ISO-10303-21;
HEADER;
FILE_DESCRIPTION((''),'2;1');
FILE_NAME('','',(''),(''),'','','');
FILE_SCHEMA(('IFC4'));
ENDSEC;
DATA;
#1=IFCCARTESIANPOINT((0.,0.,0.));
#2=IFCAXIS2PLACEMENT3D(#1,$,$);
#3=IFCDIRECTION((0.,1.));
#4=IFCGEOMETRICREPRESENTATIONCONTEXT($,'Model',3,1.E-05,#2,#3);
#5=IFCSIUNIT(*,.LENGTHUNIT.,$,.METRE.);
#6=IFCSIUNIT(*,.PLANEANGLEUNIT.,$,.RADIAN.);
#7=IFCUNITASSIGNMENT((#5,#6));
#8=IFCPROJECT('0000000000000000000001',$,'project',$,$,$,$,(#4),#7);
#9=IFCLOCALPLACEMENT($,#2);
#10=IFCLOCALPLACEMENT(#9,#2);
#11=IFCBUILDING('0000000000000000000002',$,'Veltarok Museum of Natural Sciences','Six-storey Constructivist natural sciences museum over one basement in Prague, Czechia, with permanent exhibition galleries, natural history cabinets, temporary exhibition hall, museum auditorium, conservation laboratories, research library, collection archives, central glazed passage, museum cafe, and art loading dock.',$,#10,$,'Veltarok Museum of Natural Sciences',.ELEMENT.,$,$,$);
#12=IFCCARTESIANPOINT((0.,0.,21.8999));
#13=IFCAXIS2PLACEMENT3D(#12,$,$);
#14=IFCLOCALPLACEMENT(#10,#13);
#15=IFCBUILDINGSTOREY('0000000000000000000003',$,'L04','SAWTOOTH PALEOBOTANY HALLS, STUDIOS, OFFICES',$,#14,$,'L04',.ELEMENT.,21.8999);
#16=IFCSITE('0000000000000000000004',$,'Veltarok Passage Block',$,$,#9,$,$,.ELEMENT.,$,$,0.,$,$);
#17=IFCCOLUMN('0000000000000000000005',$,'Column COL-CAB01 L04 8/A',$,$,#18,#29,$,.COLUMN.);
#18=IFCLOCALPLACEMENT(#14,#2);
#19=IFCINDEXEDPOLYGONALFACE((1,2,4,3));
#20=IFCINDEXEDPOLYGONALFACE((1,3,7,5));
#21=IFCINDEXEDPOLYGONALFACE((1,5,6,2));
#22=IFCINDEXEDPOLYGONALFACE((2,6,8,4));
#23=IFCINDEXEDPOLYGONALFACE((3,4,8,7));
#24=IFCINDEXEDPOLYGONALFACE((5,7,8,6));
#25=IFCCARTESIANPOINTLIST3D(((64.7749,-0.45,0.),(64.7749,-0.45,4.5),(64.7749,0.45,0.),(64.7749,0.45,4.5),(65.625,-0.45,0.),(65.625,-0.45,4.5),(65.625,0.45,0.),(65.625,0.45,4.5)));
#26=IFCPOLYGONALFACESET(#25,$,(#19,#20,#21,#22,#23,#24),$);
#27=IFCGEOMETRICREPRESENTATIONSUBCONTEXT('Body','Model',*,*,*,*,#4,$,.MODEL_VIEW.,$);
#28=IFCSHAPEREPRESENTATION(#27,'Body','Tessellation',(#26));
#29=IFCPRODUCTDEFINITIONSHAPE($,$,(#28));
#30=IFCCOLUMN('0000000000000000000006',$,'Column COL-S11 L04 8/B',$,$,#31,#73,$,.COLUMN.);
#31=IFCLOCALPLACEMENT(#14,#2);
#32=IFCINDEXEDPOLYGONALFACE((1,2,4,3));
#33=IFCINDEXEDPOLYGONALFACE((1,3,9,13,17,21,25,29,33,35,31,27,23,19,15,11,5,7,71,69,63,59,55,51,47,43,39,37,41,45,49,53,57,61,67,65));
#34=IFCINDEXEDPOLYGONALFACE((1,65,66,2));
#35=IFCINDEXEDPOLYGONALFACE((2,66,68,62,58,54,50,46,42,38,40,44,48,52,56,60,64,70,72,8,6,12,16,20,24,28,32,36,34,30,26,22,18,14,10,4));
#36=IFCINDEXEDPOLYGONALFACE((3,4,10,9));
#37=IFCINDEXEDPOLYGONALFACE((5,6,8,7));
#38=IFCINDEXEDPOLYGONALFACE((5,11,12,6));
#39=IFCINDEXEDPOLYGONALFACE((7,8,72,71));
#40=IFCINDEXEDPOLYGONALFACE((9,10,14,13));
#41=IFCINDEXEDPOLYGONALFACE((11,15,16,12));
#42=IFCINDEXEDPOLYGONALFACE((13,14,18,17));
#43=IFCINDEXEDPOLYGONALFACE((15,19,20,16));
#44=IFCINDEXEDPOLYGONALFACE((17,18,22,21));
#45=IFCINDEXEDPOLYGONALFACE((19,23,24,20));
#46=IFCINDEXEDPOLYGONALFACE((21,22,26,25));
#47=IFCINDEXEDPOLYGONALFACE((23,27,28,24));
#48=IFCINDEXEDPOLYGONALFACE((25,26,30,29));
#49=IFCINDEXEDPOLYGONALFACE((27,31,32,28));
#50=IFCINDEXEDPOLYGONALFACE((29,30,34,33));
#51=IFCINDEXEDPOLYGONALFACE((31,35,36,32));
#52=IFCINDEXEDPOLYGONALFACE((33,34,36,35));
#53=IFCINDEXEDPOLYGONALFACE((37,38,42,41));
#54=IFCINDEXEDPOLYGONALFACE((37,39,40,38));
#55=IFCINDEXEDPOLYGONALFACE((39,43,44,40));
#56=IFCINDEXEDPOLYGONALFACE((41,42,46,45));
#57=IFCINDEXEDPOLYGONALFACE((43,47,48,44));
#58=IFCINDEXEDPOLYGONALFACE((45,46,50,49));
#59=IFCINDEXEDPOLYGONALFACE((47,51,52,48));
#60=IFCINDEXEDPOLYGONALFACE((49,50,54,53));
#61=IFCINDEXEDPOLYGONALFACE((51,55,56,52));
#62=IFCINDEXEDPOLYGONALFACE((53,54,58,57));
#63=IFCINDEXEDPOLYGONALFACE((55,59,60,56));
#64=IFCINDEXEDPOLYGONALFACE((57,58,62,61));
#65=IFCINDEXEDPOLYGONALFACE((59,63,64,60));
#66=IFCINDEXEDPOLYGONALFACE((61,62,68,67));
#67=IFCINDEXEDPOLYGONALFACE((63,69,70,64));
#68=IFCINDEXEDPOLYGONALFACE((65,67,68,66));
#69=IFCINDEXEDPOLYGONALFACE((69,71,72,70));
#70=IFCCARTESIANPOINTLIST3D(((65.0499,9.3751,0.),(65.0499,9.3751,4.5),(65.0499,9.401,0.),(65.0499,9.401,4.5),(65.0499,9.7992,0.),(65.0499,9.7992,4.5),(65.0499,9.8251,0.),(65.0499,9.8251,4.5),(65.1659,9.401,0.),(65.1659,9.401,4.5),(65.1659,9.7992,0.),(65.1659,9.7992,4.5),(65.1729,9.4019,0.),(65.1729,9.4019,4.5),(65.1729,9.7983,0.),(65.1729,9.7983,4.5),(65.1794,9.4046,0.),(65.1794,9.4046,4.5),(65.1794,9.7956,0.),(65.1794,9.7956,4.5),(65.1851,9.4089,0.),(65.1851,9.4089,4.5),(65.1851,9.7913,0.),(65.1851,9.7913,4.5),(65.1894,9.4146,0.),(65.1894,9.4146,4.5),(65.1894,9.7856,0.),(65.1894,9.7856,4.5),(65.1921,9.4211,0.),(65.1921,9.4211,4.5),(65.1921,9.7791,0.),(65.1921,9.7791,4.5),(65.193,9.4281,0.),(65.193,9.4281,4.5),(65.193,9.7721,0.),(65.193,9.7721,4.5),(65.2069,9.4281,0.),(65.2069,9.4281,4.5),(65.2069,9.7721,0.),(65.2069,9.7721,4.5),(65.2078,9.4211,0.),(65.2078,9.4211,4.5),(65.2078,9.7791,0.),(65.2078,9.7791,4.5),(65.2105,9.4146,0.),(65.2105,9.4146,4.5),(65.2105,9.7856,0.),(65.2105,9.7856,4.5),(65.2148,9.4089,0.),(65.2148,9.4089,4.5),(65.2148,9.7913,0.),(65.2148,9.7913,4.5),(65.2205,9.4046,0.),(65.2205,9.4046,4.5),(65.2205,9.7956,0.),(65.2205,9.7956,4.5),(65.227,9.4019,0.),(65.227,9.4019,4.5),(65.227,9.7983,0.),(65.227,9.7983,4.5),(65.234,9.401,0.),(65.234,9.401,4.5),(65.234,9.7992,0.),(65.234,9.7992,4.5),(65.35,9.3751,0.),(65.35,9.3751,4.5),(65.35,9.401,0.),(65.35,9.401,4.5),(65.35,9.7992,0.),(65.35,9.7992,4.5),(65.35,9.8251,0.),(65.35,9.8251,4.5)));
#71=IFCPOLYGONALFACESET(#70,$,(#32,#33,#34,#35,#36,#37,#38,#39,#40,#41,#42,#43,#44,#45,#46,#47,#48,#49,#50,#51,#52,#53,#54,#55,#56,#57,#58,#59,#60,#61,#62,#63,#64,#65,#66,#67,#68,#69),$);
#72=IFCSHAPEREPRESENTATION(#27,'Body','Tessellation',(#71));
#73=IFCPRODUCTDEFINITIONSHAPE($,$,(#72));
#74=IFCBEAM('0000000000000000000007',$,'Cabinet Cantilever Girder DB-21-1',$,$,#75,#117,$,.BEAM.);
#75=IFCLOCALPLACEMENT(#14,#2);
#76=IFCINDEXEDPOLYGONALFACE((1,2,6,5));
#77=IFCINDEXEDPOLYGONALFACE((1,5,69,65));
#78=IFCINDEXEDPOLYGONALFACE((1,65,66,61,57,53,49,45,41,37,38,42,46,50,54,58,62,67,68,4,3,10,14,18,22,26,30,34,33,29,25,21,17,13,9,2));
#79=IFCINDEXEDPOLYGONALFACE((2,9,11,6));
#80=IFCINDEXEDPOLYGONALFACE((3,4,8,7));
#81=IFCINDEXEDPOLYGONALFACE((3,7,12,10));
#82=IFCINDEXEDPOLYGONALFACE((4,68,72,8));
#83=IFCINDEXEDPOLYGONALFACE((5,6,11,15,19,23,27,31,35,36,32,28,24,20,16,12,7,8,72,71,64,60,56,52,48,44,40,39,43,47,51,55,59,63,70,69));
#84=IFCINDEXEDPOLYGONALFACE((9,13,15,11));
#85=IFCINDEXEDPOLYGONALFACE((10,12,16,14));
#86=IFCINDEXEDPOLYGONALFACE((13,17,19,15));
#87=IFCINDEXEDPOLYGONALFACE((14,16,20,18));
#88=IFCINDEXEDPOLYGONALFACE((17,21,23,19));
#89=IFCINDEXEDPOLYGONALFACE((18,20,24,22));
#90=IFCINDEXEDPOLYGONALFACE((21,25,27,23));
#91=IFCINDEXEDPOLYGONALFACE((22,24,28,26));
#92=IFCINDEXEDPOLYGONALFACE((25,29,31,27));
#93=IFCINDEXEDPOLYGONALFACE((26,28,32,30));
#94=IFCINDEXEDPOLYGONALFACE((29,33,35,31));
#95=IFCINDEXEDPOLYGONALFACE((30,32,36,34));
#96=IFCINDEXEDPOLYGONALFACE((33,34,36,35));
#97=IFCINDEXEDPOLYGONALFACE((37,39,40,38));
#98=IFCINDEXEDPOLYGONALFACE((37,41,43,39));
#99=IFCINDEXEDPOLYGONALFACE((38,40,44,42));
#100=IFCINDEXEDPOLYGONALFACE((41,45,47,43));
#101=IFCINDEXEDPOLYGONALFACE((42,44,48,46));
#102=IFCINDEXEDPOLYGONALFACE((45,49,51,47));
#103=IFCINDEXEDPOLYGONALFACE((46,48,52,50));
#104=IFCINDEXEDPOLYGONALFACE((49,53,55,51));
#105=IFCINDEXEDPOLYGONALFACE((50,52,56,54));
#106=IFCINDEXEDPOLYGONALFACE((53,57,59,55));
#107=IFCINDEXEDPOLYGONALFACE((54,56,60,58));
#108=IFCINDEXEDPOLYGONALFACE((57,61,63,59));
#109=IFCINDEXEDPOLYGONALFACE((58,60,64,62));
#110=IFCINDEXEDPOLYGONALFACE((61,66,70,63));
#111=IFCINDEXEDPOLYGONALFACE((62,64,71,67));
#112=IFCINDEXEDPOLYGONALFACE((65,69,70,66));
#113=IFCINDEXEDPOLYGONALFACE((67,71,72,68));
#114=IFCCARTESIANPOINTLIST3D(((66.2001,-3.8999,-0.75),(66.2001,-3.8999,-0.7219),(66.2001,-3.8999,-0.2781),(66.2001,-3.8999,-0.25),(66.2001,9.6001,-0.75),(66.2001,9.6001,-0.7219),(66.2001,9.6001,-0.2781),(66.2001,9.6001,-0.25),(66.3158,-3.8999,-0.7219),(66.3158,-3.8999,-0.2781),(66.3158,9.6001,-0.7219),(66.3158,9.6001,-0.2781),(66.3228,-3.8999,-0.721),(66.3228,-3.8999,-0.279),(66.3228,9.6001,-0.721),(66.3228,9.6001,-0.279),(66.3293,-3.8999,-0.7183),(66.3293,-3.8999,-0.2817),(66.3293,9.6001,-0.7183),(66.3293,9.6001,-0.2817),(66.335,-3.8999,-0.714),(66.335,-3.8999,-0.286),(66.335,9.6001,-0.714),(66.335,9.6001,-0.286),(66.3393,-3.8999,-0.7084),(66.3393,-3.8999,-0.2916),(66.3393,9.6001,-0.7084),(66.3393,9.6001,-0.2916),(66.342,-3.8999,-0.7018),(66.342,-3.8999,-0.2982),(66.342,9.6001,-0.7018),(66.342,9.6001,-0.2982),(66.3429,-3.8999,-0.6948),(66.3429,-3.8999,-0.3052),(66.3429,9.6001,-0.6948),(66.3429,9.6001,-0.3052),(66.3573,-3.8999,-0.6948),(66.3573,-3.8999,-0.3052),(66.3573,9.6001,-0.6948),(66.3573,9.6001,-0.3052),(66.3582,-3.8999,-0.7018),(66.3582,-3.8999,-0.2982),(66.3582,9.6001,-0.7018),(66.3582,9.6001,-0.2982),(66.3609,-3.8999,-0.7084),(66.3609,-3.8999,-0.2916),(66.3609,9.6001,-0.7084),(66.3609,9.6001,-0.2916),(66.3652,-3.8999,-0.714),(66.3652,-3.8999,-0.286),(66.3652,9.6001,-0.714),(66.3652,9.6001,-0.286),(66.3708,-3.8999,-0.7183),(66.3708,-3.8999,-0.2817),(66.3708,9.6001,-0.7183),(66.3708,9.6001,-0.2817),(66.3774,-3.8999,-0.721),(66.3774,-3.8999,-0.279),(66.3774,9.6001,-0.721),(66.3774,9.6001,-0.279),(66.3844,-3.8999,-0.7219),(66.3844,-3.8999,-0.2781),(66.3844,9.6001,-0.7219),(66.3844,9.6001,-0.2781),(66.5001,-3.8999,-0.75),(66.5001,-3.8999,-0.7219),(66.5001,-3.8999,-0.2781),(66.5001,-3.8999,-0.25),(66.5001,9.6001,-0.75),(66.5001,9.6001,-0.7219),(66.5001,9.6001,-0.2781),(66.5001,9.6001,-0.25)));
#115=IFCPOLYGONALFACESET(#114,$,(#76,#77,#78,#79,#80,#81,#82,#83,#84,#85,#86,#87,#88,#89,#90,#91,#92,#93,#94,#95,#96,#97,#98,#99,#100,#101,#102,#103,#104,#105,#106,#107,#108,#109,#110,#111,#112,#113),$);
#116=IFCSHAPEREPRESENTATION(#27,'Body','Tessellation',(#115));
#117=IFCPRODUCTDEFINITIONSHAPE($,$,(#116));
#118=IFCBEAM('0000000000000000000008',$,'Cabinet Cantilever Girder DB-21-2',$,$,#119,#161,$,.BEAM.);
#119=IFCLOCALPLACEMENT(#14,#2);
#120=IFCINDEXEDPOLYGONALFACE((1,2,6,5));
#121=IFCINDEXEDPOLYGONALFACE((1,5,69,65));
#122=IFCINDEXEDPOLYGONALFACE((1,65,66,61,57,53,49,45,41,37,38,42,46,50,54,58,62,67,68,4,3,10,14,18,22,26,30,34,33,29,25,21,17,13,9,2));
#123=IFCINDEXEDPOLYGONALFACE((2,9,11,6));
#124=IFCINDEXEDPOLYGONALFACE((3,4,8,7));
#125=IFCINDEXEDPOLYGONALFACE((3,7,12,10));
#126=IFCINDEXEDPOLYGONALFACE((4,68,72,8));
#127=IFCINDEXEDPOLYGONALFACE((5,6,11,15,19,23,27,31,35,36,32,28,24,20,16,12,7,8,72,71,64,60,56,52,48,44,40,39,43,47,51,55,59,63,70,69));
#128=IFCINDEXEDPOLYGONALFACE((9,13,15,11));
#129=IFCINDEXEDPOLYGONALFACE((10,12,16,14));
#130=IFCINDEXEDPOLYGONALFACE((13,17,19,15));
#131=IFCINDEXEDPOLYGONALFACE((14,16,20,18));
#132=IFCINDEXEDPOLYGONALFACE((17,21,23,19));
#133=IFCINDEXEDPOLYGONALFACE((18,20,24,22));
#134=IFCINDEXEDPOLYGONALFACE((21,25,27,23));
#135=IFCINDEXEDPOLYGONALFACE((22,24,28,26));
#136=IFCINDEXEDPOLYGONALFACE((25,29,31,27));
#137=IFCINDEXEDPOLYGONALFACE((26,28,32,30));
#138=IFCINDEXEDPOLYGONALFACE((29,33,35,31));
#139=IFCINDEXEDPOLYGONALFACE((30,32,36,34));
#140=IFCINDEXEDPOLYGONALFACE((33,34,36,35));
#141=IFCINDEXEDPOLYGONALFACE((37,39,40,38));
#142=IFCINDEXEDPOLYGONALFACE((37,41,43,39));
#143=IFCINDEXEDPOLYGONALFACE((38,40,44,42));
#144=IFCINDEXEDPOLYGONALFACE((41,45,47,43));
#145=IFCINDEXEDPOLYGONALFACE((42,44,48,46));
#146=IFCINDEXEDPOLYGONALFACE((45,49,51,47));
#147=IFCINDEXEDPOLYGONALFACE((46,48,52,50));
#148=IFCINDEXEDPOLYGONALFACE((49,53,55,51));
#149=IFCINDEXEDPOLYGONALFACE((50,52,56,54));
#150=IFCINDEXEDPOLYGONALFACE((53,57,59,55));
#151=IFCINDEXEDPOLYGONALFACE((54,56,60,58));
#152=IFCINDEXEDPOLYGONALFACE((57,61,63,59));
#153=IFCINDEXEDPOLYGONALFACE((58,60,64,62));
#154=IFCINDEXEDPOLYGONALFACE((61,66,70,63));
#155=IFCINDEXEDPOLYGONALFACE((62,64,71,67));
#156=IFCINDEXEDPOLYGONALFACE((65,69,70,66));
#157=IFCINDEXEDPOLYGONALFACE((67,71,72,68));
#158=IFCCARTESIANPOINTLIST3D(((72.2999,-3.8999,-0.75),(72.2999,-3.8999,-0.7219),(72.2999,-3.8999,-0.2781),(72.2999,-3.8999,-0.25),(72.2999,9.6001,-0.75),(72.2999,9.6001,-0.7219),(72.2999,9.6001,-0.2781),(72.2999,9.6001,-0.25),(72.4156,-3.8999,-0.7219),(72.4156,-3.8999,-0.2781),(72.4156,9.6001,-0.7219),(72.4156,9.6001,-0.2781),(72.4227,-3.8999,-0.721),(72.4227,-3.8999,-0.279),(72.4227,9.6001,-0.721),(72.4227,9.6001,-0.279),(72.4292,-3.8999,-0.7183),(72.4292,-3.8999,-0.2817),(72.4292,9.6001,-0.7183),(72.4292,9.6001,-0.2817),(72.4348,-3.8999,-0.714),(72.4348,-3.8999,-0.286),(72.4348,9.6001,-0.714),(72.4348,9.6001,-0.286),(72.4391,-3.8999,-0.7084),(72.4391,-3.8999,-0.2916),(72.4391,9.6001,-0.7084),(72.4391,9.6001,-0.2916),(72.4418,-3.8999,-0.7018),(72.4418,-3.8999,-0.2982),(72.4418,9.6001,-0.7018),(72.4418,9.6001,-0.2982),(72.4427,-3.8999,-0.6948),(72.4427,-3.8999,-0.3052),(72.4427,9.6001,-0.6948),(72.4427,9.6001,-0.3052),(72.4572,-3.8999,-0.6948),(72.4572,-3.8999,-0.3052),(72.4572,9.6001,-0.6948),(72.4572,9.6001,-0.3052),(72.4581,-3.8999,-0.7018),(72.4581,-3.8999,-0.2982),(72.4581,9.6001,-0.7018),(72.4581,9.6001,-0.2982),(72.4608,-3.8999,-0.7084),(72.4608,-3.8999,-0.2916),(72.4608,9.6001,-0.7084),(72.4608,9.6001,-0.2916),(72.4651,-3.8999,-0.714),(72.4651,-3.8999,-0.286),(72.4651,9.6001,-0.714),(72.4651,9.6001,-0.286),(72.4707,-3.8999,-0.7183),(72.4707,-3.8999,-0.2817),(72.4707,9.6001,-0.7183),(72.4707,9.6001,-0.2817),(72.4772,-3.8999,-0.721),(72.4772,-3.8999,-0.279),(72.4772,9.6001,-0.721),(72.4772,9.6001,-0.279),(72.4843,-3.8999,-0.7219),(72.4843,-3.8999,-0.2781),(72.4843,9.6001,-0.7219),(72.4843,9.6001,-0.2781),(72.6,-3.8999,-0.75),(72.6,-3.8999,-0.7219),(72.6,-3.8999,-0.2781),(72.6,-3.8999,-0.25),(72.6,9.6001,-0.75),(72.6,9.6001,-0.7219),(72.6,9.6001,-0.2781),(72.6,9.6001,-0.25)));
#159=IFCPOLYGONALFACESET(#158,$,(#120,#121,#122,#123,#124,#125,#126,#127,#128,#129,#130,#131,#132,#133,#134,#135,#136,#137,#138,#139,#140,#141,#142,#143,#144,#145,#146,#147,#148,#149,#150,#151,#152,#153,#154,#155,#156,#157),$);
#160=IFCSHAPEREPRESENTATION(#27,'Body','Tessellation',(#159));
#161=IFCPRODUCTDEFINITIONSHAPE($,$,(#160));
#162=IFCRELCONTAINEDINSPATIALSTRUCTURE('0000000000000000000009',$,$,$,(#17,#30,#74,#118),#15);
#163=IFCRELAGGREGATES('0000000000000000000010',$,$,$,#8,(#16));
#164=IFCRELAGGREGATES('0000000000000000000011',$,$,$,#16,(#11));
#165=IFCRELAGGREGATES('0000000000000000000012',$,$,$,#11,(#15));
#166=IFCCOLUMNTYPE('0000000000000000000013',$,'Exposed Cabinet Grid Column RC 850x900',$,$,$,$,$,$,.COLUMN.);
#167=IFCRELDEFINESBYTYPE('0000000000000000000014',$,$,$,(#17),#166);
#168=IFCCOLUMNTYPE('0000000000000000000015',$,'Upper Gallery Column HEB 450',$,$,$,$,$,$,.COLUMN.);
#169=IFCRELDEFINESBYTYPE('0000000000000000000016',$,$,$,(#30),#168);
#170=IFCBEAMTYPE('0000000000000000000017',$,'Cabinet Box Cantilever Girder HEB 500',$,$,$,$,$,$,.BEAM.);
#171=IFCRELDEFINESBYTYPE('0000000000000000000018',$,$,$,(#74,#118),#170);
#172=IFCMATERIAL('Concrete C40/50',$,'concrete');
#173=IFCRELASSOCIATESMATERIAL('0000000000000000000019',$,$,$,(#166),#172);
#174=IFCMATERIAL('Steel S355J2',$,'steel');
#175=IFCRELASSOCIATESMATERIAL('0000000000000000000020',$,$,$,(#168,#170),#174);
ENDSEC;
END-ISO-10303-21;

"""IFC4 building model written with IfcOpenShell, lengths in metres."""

from ifc_helpers import new_model, si_unit, direction, frame, origin, origin_2d, place, context, subcontext, project, spatial, rectangle, i_section, extrude, material, material_profile, profile_set, type_object, element, save


model = new_model("IFC4")

# Units and contexts
model_context = context("Model", 3, precision=1e-05, world=origin(), true_north=direction((0.0, 1.0)))
body_context = subcontext(model_context, "Body", "Model", "MODEL_VIEW")
ifc_project = project(units=[si_unit("LENGTHUNIT", "METRE"), si_unit("PLANEANGLEUNIT", "RADIAN")], contexts=[model_context])

# Site, building, storey
site_placement = place(None, origin())
site = spatial("IfcSite", under=ifc_project, at=site_placement, Name="Veltarok Passage Block", CompositionType="ELEMENT", RefElevation=0.0)
building_placement = place(site_placement, origin())
building = spatial("IfcBuilding", under=site, at=building_placement, Name="Veltarok Museum of Natural Sciences", Description="Six-storey Constructivist natural sciences museum over one basement in Prague, Czechia, with permanent exhibition galleries, natural history cabinets, temporary exhibition hall, museum auditorium, conservation laboratories, research library, collection archives, central glazed passage, museum cafe, and art loading dock.", LongName="Veltarok Museum of Natural Sciences", CompositionType="ELEMENT")
storey_placement = place(building_placement, frame((0.0, 0.0, 21.8999)))
storey = spatial("IfcBuildingStorey", under=building, at=storey_placement, Name="L04", Description="SAWTOOTH PALEOBOTANY HALLS, STUDIOS, OFFICES", LongName="L04", CompositionType="ELEMENT", Elevation=21.8999)

# Columns
ifc_material_1 = material(Name="Concrete C40/50", Category="concrete")
ifc_material_profile_1 = material_profile(ifc_material_1, rectangle(XDim=0.8501, YDim=0.8999, at=origin_2d()), Name="RC 850x900")
ifc_profile_set_1 = profile_set([ifc_material_profile_1], Name="Concrete C40/50")
column_type_1 = type_object("IfcColumnType", Name="Exposed Cabinet Grid Column RC 850x900", PredefinedType="COLUMN", material=ifc_profile_set_1)
column_1_placement = place(storey_placement, frame((65.2, 0.0, 0.0), z_axis=(0.0, 0.0, 1.0), x_axis=(1.0, 0.0, 0.0)))
element("IfcColumn", 1, at=column_1_placement, inside=storey, type_object=column_type_1, Name="Column COL-CAB01 L04 8/A", PredefinedType="COLUMN", context=body_context, shape_type="SweptSolid", body=[
    extrude(rectangle(XDim=0.8501, YDim=0.8999, at=origin_2d()), origin(), (0.0, 0.0, 1.0), 4.5),
])
ifc_material_2 = material(Name="Steel S355J2", Category="steel")
ifc_material_profile_2 = material_profile(ifc_material_2, i_section(OverallWidth=0.3, OverallDepth=0.45, WebThickness=0.0139, FlangeThickness=0.0259, FilletRadius=0.0271, at=origin_2d()), Name="HEB 450")
ifc_profile_set_2 = profile_set([ifc_material_profile_2], Name="Steel S355J2")
column_type_2 = type_object("IfcColumnType", Name="Upper Gallery Column HEB 450", PredefinedType="COLUMN", material=ifc_profile_set_2)
column_2_placement = place(storey_placement, frame((65.2, 9.6001, 0.0), z_axis=(0.0, 0.0, 1.0), x_axis=(1.0, 0.0, 0.0)))
element("IfcColumn", 2, at=column_2_placement, inside=storey, type_object=column_type_2, Name="Column COL-S11 L04 8/B", PredefinedType="COLUMN", context=body_context, shape_type="SweptSolid", body=[
    extrude(i_section(OverallWidth=0.3, OverallDepth=0.45, WebThickness=0.0139, FlangeThickness=0.0259, FilletRadius=0.0271, at=origin_2d()), origin(), (0.0, 0.0, 1.0), 4.5),
])

# Beams
ifc_material_profile_3 = material_profile(ifc_material_2, i_section(OverallWidth=0.3, OverallDepth=0.5, WebThickness=0.0144, FlangeThickness=0.0281, FilletRadius=0.0271, at=origin_2d()), Name="HEB 500")
ifc_profile_set_3 = profile_set([ifc_material_profile_3], Name="Steel S355J2")
beam_type_1 = type_object("IfcBeamType", Name="Cabinet Box Cantilever Girder HEB 500", PredefinedType="BEAM", material=ifc_profile_set_3)
for number, where, z_axis, x_axis, name in (
    (3, (66.3501, -3.8999, -0.5), (0.0, 1.0, 0.0), (-1.0, 0.0, 0.0), "Cabinet Cantilever Girder DB-21-1"),
    (4, (72.45, -3.8999, -0.5), (0.0, 1.0, 0.0), (-1.0, 0.0, 0.0), "Cabinet Cantilever Girder DB-21-2"),
):
    element("IfcBeam", number, at=place(storey_placement, frame(where, z_axis=z_axis, x_axis=x_axis)), inside=storey, type_object=beam_type_1, Name=name, PredefinedType="BEAM", context=body_context, shape_type="SweptSolid", body=[
        extrude(i_section(OverallWidth=0.3, OverallDepth=0.5, WebThickness=0.0144, FlangeThickness=0.0281, FilletRadius=0.0271, at=origin_2d()), origin(), (0.0, 0.0, 1.0), 13.5),
    ])

save(model, "model.ifc")
